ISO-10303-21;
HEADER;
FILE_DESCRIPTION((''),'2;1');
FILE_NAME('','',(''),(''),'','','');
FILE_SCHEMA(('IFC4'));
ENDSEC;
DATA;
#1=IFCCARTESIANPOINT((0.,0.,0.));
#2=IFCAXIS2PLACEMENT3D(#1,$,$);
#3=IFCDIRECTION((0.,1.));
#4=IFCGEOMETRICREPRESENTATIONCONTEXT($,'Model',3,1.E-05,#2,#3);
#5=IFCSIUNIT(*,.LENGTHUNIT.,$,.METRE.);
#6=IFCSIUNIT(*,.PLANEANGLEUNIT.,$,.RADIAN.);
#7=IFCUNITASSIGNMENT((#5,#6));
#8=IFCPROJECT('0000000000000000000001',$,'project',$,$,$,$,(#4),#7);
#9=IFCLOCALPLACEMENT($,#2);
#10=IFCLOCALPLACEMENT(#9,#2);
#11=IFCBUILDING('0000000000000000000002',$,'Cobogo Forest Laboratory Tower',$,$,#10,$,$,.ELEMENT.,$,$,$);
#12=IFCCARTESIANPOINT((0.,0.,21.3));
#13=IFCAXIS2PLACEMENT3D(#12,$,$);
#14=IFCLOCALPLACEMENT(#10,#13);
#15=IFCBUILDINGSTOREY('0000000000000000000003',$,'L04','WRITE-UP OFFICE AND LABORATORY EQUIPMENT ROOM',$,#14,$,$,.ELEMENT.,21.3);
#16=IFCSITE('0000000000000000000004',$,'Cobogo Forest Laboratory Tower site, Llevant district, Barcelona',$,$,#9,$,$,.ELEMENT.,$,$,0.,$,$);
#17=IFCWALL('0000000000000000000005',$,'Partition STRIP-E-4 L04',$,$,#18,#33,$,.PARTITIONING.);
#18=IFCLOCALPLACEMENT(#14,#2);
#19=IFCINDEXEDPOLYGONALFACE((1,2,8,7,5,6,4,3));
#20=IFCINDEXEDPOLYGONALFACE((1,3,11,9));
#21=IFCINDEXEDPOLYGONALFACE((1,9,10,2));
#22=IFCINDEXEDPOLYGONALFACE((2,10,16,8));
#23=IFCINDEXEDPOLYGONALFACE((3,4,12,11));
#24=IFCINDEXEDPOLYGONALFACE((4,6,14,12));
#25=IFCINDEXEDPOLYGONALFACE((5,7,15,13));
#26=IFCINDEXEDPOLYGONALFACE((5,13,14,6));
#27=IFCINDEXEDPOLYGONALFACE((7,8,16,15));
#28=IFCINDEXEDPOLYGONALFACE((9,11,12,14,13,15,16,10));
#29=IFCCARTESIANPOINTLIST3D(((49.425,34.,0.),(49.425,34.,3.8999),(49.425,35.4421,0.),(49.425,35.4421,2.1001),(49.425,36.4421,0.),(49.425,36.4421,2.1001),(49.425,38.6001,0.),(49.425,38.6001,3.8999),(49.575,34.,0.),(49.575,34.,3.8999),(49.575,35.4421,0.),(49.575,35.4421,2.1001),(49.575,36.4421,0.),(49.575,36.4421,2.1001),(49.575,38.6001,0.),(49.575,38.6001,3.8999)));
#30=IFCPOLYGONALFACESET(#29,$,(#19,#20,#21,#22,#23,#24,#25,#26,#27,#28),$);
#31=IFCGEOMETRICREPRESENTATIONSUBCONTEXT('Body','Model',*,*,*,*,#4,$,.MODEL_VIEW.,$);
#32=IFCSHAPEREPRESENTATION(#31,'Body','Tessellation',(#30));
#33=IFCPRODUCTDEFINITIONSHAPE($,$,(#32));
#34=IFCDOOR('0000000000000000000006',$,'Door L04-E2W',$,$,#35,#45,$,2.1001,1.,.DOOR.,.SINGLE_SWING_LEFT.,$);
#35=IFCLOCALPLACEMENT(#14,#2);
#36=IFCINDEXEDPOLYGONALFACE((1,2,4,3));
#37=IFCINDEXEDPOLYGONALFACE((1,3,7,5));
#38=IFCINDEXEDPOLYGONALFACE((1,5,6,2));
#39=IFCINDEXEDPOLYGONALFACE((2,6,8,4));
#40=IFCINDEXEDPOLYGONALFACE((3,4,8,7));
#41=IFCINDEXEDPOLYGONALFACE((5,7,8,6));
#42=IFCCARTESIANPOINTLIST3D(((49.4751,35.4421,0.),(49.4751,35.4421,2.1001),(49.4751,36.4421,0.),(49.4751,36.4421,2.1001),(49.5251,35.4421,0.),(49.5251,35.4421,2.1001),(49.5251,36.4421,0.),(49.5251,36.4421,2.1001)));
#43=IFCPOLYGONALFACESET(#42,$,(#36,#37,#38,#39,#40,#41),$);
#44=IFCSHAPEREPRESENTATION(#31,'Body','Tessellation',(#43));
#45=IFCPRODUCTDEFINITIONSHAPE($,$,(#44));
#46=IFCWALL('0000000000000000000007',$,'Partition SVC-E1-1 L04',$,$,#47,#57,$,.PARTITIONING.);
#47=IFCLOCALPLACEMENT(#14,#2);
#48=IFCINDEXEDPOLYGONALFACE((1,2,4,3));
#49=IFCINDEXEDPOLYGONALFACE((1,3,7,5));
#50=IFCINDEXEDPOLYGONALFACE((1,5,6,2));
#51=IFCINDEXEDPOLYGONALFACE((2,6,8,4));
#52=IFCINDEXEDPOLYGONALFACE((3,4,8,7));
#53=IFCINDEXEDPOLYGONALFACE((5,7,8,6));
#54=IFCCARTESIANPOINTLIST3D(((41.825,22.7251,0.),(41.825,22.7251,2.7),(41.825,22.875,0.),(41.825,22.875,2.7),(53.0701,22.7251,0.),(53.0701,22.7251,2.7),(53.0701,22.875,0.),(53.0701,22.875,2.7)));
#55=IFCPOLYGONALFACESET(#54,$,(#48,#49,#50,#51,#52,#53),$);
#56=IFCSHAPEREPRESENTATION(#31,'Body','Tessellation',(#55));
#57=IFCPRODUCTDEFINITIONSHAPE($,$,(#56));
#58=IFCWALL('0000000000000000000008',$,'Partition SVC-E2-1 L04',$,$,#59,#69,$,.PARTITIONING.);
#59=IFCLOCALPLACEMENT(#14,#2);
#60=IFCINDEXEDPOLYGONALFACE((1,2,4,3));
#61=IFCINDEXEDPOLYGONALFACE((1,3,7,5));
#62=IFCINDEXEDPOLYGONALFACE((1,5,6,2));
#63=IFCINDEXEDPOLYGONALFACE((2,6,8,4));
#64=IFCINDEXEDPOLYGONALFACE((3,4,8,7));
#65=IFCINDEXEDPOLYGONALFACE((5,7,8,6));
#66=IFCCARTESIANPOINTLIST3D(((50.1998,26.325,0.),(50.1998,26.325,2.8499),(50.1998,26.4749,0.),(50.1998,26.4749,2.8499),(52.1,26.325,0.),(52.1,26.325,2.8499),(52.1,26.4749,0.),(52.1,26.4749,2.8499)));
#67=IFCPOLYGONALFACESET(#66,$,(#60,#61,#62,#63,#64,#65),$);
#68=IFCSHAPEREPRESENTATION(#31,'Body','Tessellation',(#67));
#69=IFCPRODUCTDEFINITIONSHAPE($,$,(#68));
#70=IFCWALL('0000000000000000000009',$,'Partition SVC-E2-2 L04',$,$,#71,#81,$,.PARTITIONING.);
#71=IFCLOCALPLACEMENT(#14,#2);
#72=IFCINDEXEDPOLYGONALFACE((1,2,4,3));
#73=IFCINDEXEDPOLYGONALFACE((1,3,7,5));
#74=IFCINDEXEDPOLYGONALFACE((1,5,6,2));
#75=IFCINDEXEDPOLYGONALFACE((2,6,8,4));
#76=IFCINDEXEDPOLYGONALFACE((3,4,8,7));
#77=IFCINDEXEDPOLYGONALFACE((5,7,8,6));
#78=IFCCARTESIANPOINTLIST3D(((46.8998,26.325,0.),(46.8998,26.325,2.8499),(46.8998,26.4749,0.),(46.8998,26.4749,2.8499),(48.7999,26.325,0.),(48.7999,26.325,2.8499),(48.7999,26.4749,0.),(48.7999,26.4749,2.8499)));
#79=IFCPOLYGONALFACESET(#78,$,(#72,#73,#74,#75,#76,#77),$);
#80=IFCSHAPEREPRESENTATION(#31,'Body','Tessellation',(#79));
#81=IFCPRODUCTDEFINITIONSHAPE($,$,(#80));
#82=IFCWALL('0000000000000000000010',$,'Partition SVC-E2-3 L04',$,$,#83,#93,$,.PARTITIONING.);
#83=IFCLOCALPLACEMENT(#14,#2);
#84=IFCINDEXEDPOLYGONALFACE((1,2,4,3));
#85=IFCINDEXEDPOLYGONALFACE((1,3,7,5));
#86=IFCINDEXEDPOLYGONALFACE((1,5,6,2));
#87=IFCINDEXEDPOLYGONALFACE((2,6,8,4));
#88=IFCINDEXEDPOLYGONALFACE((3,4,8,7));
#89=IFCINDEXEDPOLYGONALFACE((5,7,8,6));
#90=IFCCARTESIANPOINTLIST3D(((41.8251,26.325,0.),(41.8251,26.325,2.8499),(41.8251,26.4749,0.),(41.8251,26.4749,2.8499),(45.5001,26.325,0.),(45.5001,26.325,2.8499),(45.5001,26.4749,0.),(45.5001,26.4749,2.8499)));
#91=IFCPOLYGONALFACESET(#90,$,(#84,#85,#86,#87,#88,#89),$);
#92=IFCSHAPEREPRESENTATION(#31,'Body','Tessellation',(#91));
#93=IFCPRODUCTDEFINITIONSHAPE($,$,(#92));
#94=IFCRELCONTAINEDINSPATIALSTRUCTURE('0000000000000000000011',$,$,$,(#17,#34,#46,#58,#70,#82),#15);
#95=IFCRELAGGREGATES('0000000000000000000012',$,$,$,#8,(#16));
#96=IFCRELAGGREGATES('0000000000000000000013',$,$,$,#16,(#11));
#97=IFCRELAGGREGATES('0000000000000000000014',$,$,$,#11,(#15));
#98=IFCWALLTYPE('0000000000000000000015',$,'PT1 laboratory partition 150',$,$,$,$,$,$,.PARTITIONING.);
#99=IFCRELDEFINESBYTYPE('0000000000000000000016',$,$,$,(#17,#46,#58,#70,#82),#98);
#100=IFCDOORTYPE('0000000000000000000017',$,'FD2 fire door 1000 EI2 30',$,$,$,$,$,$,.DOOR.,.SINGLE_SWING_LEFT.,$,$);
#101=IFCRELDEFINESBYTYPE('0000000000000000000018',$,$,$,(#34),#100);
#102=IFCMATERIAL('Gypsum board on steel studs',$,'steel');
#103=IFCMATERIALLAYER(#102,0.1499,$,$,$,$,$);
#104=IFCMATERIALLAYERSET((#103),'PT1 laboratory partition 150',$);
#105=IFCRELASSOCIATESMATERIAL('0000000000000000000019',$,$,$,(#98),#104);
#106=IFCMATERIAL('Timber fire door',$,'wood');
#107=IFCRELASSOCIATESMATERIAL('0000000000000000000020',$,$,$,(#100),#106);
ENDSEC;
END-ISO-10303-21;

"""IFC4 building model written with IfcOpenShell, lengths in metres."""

from ifc_helpers import new_model, si_unit, direction, frame, frame_2d, origin, place, context, subcontext, project, spatial, rectangle, extrude, material, layer, layer_set, type_object, element, fill, save


model = new_model("IFC4")

# Units and contexts
model_context = context("Model", 3, precision=1e-05, world=origin(), true_north=direction((0.0, 1.0)))
body_context = subcontext(model_context, "Body", "Model", "MODEL_VIEW")
ifc_project = project(units=[si_unit("LENGTHUNIT", "METRE"), si_unit("PLANEANGLEUNIT", "RADIAN")], contexts=[model_context])

# Site, building, storey
site_placement = place(None, origin())
site = spatial("IfcSite", under=ifc_project, at=site_placement, Name="Cobogo Forest Laboratory Tower site, Llevant district, Barcelona", CompositionType="ELEMENT", RefElevation=0.0)
building_placement = place(site_placement, origin())
building = spatial("IfcBuilding", under=site, at=building_placement, Name="Cobogo Forest Laboratory Tower", CompositionType="ELEMENT")
storey_placement = place(building_placement, frame((0.0, 0.0, 21.3)))
storey = spatial("IfcBuildingStorey", under=building, at=storey_placement, Name="L04", Description="WRITE-UP OFFICE AND LABORATORY EQUIPMENT ROOM", CompositionType="ELEMENT", Elevation=21.3)

# Shared definitions
ifc_material_1 = material(Name="Gypsum board on steel studs", Category="steel")
ifc_layer_1 = layer(ifc_material_1, 0.1499)
ifc_layer_set_1 = layer_set([ifc_layer_1], Name="PT1 laboratory partition 150")
wall_type = type_object("IfcWallType", Name="PT1 laboratory partition 150", PredefinedType="PARTITIONING", material=ifc_layer_set_1)

# Wall, opening, door
wall_1_placement = place(storey_placement, frame((49.5, 34.0, 0.0), z_axis=(0.0, 0.0, 1.0), x_axis=(0.0, 1.0, 0.0)))
wall_1 = element("IfcWall", 1, at=wall_1_placement, inside=storey, type_object=wall_type, Name="Partition STRIP-E-4 L04", PredefinedType="PARTITIONING", context=body_context, shape_type="SweptSolid", body=[
    extrude(rectangle(XDim=4.6001, YDim=0.1499, at=frame_2d((2.3, 0.0))), origin(), (0.0, 0.0, 1.0), 3.8999),
])
opening_placement = place(wall_1_placement, frame((1.4421, 0.0, 0.0)))
opening = element("IfcOpeningElement", 2, at=opening_placement, cuts=wall_1, PredefinedType="OPENING", context=body_context, shape_type="SweptSolid", body=[
    extrude(rectangle(XDim=1.0, YDim=2.1001, at=frame_2d((0.5, 1.05))), frame((0.0, 0.085, 0.0), z_axis=(0.0, -1.0, 0.0), x_axis=(1.0, 0.0, 0.0)), (0.0, 0.0, 1.0), 0.1699),
])
ifc_material_2 = material(Name="Timber fire door", Category="wood")
door_type = type_object("IfcDoorType", Name="FD2 fire door 1000 EI2 30", OperationType="SINGLE_SWING_LEFT", PredefinedType="DOOR", material=ifc_material_2)
door_placement = place(opening_placement, origin())
door = element("IfcDoor", 3, at=door_placement, inside=storey, type_object=door_type, Name="Door L04-E2W", OperationType="SINGLE_SWING_LEFT", OverallHeight=2.1001, OverallWidth=1.0, PredefinedType="DOOR", context=body_context, shape_type="SweptSolid", body=[
    extrude(rectangle(XDim=1.0, YDim=2.1001, at=frame_2d((0.5, 1.05))), frame((0.0, 0.0249, 0.0), z_axis=(0.0, -1.0, 0.0), x_axis=(1.0, 0.0, 0.0)), (0.0, 0.0, 1.0), 0.05),
])
fill(opening, door)

# Walls
wall_2_placement = place(storey_placement, frame((53.0701, 22.8, 0.0), z_axis=(0.0, 0.0, 1.0), x_axis=(-1.0, 0.0, 0.0)))
element("IfcWall", 4, at=wall_2_placement, inside=storey, type_object=wall_type, Name="Partition SVC-E1-1 L04", PredefinedType="PARTITIONING", context=body_context, shape_type="SweptSolid", body=[
    extrude(rectangle(XDim=11.2451, YDim=0.1499, at=frame_2d((5.6226, 0.0))), origin(), (0.0, 0.0, 1.0), 2.7),
])
for number, where, z_axis, x_axis, name in (
    (5, (52.1001, 26.3999, 0.0), (0.0, 0.0, 1.0), (-1.0, 0.0, 0.0), "Partition SVC-E2-1 L04"),
    (6, (48.8, 26.3999, 0.0), (0.0, 0.0, 1.0), (-1.0, 0.0, 0.0), "Partition SVC-E2-2 L04"),
):
    element("IfcWall", number, at=place(storey_placement, frame(where, z_axis=z_axis, x_axis=x_axis)), inside=storey, type_object=wall_type, Name=name, PredefinedType="PARTITIONING", context=body_context, shape_type="SweptSolid", body=[
        extrude(rectangle(XDim=1.9001, YDim=0.1499, at=frame_2d((0.9502, 0.0))), origin(), (0.0, 0.0, 1.0), 2.8499),
    ])
wall_3_placement = place(storey_placement, frame((45.5, 26.3999, 0.0), z_axis=(0.0, 0.0, 1.0), x_axis=(-1.0, 0.0, 0.0)))
element("IfcWall", 7, at=wall_3_placement, inside=storey, type_object=wall_type, Name="Partition SVC-E2-3 L04", PredefinedType="PARTITIONING", context=body_context, shape_type="SweptSolid", body=[
    extrude(rectangle(XDim=3.675, YDim=0.1499, at=frame_2d((1.8374, 0.0))), origin(), (0.0, 0.0, 1.0), 2.8499),
])

save(model, "model.ifc")
